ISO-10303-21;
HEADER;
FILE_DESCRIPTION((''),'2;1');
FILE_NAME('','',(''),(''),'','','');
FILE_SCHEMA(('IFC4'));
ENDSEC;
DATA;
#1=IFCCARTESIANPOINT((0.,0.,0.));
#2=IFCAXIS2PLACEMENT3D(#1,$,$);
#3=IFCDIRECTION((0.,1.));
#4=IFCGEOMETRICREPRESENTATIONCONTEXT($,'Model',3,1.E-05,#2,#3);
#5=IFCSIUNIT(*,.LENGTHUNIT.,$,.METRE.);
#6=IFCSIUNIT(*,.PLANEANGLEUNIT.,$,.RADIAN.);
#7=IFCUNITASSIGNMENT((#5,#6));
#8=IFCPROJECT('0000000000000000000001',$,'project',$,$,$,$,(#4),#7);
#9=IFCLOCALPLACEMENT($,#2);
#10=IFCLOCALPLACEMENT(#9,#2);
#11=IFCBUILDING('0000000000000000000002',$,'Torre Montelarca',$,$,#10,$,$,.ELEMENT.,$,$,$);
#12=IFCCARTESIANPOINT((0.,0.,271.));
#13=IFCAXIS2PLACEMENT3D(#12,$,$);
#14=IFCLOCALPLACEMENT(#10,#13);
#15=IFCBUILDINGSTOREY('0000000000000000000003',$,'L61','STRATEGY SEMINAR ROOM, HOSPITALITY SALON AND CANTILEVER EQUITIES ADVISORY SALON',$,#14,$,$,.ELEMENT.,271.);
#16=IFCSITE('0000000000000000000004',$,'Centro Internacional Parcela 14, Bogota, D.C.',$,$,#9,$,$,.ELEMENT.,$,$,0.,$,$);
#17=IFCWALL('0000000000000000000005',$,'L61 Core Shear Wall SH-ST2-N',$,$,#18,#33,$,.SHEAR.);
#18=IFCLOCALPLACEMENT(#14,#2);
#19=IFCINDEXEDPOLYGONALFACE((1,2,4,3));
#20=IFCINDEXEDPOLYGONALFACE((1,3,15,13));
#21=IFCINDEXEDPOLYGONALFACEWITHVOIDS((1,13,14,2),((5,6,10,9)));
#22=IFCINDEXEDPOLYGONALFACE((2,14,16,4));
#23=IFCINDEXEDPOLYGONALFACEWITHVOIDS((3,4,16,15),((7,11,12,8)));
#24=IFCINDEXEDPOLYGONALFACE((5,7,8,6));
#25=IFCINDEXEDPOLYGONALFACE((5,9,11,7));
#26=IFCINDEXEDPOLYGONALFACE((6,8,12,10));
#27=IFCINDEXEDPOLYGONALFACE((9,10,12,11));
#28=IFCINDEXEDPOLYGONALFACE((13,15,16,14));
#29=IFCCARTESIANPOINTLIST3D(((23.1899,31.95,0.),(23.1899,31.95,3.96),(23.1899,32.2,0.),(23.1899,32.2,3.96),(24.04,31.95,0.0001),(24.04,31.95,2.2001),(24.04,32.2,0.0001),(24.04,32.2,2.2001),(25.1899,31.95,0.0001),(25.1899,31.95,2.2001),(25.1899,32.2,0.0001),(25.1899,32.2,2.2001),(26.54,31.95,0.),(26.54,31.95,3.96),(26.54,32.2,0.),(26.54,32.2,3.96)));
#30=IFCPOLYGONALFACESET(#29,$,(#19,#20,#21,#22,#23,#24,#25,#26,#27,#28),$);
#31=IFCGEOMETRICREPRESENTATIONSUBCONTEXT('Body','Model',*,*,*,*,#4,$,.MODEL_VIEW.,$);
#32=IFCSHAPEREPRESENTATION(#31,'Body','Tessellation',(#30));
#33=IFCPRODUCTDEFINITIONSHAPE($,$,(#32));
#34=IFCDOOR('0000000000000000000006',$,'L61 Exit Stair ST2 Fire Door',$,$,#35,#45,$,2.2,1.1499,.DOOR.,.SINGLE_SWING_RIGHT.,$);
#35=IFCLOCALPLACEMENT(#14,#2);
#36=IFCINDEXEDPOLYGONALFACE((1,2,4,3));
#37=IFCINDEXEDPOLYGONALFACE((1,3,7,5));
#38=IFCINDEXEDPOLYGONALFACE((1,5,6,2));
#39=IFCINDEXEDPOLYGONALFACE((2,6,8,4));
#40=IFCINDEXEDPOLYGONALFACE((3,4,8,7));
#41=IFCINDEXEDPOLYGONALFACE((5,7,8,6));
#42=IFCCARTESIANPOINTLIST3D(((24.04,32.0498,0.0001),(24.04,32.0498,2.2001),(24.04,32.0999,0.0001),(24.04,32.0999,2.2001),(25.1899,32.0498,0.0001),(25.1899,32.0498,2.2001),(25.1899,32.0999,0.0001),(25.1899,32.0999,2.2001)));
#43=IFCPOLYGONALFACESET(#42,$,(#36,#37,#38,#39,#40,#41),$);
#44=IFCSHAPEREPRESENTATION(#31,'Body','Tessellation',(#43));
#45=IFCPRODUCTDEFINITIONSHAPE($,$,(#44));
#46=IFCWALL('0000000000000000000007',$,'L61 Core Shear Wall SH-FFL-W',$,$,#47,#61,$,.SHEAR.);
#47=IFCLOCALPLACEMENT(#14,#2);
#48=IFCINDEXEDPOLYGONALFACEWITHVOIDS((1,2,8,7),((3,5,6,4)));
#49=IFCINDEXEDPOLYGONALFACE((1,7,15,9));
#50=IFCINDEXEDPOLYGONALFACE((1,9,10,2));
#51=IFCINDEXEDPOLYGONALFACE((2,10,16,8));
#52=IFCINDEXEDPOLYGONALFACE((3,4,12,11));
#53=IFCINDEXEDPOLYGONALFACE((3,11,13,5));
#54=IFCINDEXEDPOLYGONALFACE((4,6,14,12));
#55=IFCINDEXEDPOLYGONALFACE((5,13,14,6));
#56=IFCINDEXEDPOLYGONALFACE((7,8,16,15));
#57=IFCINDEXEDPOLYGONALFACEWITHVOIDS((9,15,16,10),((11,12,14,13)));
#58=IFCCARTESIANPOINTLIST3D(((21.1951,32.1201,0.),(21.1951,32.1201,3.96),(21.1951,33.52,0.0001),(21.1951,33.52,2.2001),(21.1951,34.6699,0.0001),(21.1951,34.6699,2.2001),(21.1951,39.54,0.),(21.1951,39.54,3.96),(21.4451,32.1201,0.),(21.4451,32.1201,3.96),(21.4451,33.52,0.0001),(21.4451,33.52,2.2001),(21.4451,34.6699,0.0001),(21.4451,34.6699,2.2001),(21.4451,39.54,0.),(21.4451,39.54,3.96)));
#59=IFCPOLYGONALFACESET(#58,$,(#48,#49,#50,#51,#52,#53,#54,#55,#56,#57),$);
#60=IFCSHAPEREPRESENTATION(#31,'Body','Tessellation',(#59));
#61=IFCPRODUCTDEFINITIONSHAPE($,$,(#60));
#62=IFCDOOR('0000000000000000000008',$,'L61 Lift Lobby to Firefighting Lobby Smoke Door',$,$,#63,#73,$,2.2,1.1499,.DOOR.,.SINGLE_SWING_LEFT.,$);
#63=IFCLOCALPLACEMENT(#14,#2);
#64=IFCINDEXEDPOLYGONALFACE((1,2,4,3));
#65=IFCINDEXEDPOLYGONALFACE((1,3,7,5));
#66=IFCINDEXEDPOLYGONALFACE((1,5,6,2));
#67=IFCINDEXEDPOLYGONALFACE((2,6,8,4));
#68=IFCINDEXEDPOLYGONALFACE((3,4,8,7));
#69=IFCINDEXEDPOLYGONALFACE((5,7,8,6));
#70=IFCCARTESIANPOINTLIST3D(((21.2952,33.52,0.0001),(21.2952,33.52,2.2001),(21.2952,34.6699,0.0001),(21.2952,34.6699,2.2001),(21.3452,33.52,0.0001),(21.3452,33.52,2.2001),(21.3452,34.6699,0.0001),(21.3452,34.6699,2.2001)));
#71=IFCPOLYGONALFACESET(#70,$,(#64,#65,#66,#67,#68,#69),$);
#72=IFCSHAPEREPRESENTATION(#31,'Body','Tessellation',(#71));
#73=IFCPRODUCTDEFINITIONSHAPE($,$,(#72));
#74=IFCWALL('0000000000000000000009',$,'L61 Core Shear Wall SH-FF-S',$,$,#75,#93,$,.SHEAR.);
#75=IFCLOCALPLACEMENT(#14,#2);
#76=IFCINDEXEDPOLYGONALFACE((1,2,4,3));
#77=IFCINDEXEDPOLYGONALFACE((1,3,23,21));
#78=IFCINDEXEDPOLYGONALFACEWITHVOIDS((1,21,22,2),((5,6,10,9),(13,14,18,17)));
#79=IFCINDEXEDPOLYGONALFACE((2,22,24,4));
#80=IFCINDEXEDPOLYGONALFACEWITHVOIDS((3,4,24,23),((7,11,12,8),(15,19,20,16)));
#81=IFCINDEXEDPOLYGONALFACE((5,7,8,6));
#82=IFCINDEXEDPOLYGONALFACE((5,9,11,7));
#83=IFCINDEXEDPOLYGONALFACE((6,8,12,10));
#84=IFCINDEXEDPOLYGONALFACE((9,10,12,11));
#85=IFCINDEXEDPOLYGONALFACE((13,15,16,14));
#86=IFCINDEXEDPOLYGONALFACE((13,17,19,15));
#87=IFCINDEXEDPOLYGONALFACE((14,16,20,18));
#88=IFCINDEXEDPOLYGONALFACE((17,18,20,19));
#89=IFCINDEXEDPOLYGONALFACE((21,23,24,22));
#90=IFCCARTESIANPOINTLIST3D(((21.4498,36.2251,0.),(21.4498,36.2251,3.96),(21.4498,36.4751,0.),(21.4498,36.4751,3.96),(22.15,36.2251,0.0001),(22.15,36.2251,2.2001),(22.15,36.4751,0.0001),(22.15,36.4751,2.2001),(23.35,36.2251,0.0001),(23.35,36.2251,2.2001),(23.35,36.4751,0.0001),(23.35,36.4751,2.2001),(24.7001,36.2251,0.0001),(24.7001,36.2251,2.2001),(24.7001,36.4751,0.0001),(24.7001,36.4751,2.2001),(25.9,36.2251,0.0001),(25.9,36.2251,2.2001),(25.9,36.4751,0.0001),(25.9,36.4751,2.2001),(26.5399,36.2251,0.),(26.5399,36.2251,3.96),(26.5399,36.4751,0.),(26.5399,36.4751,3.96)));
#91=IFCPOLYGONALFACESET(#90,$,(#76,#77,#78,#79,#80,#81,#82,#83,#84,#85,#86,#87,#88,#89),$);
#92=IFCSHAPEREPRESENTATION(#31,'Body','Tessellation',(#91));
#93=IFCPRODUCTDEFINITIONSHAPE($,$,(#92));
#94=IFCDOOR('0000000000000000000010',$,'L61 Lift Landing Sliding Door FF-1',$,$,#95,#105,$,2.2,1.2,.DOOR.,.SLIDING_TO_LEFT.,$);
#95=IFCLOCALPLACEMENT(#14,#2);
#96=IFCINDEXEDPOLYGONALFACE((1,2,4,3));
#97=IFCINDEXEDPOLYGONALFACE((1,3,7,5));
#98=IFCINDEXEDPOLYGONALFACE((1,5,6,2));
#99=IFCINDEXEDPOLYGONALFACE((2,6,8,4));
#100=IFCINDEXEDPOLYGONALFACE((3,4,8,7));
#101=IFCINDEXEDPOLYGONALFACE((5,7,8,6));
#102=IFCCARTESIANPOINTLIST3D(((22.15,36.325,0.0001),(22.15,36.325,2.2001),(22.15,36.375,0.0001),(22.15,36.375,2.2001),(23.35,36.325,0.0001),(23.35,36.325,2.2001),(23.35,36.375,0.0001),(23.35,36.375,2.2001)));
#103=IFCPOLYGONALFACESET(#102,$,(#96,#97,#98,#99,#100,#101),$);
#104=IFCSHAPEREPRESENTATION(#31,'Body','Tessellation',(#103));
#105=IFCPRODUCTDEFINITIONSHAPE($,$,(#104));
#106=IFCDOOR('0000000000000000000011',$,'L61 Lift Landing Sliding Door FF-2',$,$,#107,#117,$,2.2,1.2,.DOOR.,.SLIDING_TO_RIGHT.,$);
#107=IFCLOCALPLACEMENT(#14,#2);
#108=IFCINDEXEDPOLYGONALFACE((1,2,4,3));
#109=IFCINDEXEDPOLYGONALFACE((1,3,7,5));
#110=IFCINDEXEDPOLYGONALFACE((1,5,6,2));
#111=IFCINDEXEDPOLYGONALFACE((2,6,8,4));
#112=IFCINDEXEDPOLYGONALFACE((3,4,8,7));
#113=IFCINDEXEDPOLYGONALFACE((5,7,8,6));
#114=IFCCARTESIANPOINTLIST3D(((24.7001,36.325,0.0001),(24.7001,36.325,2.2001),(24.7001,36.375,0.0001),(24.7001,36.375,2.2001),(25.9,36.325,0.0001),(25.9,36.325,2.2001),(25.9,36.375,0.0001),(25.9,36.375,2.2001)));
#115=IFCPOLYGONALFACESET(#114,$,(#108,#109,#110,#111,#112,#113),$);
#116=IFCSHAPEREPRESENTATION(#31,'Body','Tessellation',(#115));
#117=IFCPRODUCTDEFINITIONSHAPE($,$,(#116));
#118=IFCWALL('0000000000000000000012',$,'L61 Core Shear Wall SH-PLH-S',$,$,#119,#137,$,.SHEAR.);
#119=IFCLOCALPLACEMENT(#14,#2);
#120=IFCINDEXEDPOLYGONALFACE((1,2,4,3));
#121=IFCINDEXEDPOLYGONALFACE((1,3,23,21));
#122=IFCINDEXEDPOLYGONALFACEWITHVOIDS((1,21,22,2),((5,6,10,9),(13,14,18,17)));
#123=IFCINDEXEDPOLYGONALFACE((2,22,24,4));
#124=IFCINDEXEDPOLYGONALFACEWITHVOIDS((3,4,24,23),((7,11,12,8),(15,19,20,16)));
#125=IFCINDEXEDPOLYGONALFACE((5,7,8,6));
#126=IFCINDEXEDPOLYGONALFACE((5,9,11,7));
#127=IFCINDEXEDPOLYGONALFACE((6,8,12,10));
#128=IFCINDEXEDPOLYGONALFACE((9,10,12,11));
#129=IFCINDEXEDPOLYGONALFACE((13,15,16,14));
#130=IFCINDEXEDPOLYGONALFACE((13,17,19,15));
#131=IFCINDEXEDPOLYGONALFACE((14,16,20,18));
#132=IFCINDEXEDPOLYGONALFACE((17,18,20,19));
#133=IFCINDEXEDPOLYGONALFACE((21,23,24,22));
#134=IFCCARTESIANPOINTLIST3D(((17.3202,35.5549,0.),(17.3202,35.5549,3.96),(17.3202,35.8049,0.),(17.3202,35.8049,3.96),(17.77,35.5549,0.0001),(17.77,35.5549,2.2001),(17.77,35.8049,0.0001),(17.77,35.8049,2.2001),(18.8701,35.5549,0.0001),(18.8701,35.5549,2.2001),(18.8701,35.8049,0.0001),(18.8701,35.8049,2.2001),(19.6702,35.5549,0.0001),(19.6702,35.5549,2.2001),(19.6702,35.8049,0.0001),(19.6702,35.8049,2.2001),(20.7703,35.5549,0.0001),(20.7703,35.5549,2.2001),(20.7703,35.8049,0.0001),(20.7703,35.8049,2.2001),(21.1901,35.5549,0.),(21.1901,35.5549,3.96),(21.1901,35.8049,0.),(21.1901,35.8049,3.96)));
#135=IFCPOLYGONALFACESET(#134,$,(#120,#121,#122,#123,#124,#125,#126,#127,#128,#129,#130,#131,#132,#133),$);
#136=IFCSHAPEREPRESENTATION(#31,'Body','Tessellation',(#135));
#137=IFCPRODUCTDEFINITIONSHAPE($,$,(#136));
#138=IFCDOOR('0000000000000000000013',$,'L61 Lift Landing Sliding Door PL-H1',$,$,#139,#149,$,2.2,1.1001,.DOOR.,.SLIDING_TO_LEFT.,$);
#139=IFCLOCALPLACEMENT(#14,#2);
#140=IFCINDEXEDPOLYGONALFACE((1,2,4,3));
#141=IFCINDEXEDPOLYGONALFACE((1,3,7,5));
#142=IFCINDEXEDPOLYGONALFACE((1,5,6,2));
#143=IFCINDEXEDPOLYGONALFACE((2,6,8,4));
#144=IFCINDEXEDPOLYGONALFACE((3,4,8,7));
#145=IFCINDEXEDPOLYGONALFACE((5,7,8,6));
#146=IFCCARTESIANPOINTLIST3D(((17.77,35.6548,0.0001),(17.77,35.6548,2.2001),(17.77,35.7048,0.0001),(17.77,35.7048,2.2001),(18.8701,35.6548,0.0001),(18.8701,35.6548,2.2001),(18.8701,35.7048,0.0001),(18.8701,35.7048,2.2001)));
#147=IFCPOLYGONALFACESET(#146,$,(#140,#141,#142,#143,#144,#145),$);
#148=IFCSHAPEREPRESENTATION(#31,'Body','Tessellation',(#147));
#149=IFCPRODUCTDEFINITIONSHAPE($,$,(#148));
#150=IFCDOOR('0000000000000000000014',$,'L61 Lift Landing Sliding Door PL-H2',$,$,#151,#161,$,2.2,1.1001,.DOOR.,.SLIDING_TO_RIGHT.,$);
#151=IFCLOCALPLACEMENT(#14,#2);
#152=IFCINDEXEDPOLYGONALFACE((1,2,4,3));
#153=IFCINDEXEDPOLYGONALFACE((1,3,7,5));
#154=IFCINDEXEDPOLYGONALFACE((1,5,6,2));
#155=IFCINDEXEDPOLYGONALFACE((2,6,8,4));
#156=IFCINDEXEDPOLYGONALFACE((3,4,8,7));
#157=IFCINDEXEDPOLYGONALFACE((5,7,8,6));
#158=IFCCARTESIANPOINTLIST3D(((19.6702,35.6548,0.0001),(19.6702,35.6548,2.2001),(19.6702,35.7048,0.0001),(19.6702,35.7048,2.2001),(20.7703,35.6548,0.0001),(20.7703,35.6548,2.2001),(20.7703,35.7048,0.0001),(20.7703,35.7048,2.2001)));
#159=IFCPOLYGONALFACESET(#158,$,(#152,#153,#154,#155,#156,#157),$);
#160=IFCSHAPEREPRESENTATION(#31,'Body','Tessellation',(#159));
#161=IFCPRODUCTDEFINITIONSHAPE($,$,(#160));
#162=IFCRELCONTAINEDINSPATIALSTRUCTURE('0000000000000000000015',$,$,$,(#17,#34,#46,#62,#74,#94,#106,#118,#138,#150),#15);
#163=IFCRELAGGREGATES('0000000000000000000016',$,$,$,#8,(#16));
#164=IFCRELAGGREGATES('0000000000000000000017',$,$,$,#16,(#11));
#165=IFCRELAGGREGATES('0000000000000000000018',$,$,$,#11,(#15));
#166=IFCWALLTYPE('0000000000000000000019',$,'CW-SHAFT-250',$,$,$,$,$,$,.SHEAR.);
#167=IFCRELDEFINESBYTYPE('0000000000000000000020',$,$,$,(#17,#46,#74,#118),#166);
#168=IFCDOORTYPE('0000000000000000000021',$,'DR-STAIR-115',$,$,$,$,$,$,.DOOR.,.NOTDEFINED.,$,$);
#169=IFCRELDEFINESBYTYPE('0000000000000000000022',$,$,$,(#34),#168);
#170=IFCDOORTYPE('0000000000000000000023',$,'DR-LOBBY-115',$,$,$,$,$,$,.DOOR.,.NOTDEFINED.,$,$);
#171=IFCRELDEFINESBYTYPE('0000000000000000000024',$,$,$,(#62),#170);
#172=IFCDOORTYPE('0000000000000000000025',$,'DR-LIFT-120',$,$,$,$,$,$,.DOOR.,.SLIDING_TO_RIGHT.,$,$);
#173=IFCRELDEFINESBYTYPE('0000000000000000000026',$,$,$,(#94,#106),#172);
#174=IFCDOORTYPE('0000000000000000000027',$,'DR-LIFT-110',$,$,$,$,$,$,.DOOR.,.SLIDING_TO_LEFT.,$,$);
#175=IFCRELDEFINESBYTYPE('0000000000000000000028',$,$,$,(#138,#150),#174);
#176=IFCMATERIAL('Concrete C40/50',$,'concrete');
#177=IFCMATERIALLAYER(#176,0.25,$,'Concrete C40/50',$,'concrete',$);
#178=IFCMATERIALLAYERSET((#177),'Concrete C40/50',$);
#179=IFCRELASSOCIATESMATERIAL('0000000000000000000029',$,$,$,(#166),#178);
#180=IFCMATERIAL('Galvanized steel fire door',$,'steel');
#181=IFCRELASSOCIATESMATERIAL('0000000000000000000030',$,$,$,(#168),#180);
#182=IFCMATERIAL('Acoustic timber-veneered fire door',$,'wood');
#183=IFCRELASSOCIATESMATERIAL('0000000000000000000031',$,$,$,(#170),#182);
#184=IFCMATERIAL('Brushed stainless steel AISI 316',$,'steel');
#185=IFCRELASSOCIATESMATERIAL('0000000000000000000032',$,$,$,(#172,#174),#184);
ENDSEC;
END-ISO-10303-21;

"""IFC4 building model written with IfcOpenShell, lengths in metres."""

from ifc_helpers import new_model, si_unit, direction, frame, frame_2d, origin, place, context, subcontext, project, spatial, rectangle, extrude, source, transform, mapped, material, layer, layer_set, type_object, element, fill, save


model = new_model("IFC4")

# Units and contexts
model_context = context("Model", 3, precision=1e-05, world=origin(), true_north=direction((0.0, 1.0)))
body_context = subcontext(model_context, "Body", "Model", "MODEL_VIEW")
ifc_project = project(units=[si_unit("LENGTHUNIT", "METRE"), si_unit("PLANEANGLEUNIT", "RADIAN")], contexts=[model_context])

# Site, building, storey
site_placement = place(None, origin())
site = spatial("IfcSite", under=ifc_project, at=site_placement, Name="Centro Internacional Parcela 14, Bogota, D.C.", CompositionType="ELEMENT", RefElevation=0.0)
building_placement = place(site_placement, origin())
building = spatial("IfcBuilding", under=site, at=building_placement, Name="Torre Montelarca", CompositionType="ELEMENT")
storey_placement = place(building_placement, frame((0.0, 0.0, 271.0)))
storey = spatial("IfcBuildingStorey", under=building, at=storey_placement, Name="L61", Description="STRATEGY SEMINAR ROOM, HOSPITALITY SALON AND CANTILEVER EQUITIES ADVISORY SALON", CompositionType="ELEMENT", Elevation=271.0)

# Shared definitions
ifc_material_1 = material(Name="Concrete C40/50", Category="concrete")

# Walls, openings, doors
ifc_layer_1 = layer(ifc_material_1, 0.25, Name="Concrete C40/50", Category="concrete")
ifc_layer_set_1 = layer_set([ifc_layer_1], Name="Concrete C40/50")
wall_type_1 = type_object("IfcWallType", Name="CW-SHAFT-250", PredefinedType="SHEAR", material=ifc_layer_set_1)
wall_1_placement = place(storey_placement, frame((23.1899, 32.075, 0.0), z_axis=(0.0, 0.0, 1.0), x_axis=(1.0, 0.0, 0.0)))
wall_1 = element("IfcWall", 1, at=wall_1_placement, inside=storey, type_object=wall_type_1, Name="L61 Core Shear Wall SH-ST2-N", PredefinedType="SHEAR", context=body_context, shape_type="SweptSolid", body=[
    extrude(rectangle(XDim=3.3501, YDim=0.25, at=frame_2d((1.675, 0.0))), origin(), (0.0, 0.0, 1.0), 3.96),
])
opening_1_placement = place(wall_1_placement, frame((0.8501, 0.0, 0.0)))
opening_1 = element("IfcOpeningElement", 2, at=opening_1_placement, cuts=wall_1, PredefinedType="OPENING", context=body_context, shape_type="SweptSolid", body=[
    extrude(rectangle(XDim=1.1499, YDim=2.2, at=frame_2d((0.575, 1.1001))), frame((0.0, 0.135, 0.0), z_axis=(0.0, -1.0, 0.0), x_axis=(1.0, 0.0, 0.0)), (0.0, 0.0, 1.0), 0.27),
])
ifc_material_2 = material(Name="Galvanized steel fire door", Category="steel")
door_type_1 = type_object("IfcDoorType", Name="DR-STAIR-115", OperationType="NOTDEFINED", PredefinedType="DOOR", material=ifc_material_2)
shared_shape_1 = source(origin(), body_context, "Body", "SweptSolid", [
    extrude(rectangle(XDim=1.1499, YDim=2.2, at=frame_2d((0.575, 1.1001))), frame((0.0, 0.0249, 0.0), z_axis=(0.0, -1.0, 0.0), x_axis=(1.0, 0.0, 0.0)), (0.0, 0.0, 1.0), 0.05),
])
door_1_placement = place(opening_1_placement, origin())
door_1 = element("IfcDoor", 3, at=door_1_placement, inside=storey, type_object=door_type_1, Name="L61 Exit Stair ST2 Fire Door", OperationType="SINGLE_SWING_RIGHT", OverallHeight=2.2, OverallWidth=1.1499, PredefinedType="DOOR", context=body_context, shape_type="MappedRepresentation", body=[
    mapped(shared_shape_1, transform((0.0, 0.0, 0.0), scale=1.0)),
])
fill(opening_1, door_1)
wall_2_placement = place(storey_placement, frame((21.3201, 32.1201, 0.0), z_axis=(0.0, 0.0, 1.0), x_axis=(0.0, 1.0, 0.0)))
wall_2 = element("IfcWall", 4, at=wall_2_placement, inside=storey, type_object=wall_type_1, Name="L61 Core Shear Wall SH-FFL-W", PredefinedType="SHEAR", context=body_context, shape_type="SweptSolid", body=[
    extrude(rectangle(XDim=7.4199, YDim=0.25, at=frame_2d((3.71, 0.0))), origin(), (0.0, 0.0, 1.0), 3.96),
])
opening_2_placement = place(wall_2_placement, frame((1.3999, 0.0, 0.0)))
opening_2 = element("IfcOpeningElement", 5, at=opening_2_placement, cuts=wall_2, PredefinedType="OPENING", context=body_context, shape_type="SweptSolid", body=[
    extrude(rectangle(XDim=1.1499, YDim=2.2, at=frame_2d((0.575, 1.1001))), frame((0.0, 0.135, 0.0), z_axis=(0.0, -1.0, 0.0), x_axis=(1.0, 0.0, 0.0)), (0.0, 0.0, 1.0), 0.27),
])
ifc_material_3 = material(Name="Acoustic timber-veneered fire door", Category="wood")
door_type_2 = type_object("IfcDoorType", Name="DR-LOBBY-115", OperationType="NOTDEFINED", PredefinedType="DOOR", material=ifc_material_3)
shared_shape_2 = source(origin(), body_context, "Body", "SweptSolid", [
    extrude(rectangle(XDim=1.1499, YDim=2.2, at=frame_2d((0.575, 1.1001))), frame((0.0, 0.0249, 0.0), z_axis=(0.0, -1.0, 0.0), x_axis=(1.0, 0.0, 0.0)), (0.0, 0.0, 1.0), 0.05),
])
door_2_placement = place(opening_2_placement, origin())
door_2 = element("IfcDoor", 6, at=door_2_placement, inside=storey, type_object=door_type_2, Name="L61 Lift Lobby to Firefighting Lobby Smoke Door", OperationType="SINGLE_SWING_LEFT", OverallHeight=2.2, OverallWidth=1.1499, PredefinedType="DOOR", context=body_context, shape_type="MappedRepresentation", body=[
    mapped(shared_shape_2, transform((0.0, 0.0, 0.0), scale=1.0)),
])
fill(opening_2, door_2)

# Walls, openings, doors
wall_3_placement = place(storey_placement, frame((21.45, 36.3501, 0.0), z_axis=(0.0, 0.0, 1.0), x_axis=(1.0, 0.0, 0.0)))
wall_3 = element("IfcWall", 7, at=wall_3_placement, inside=storey, type_object=wall_type_1, Name="L61 Core Shear Wall SH-FF-S", PredefinedType="SHEAR", context=body_context, shape_type="SweptSolid", body=[
    extrude(rectangle(XDim=5.0901, YDim=0.25, at=frame_2d((2.5449, 0.0))), origin(), (0.0, 0.0, 1.0), 3.96),
])
opening_3_placement = place(wall_3_placement, frame((0.7, 0.0, 0.0)))
opening_3 = element("IfcOpeningElement", 8, at=opening_3_placement, cuts=wall_3, PredefinedType="OPENING", context=body_context, shape_type="SweptSolid", body=[
    extrude(rectangle(XDim=1.2, YDim=2.2, at=frame_2d((0.6001, 1.1001))), frame((0.0, 0.135, 0.0), z_axis=(0.0, -1.0, 0.0), x_axis=(1.0, 0.0, 0.0)), (0.0, 0.0, 1.0), 0.27),
])
opening_4_placement = place(wall_3_placement, frame((3.25, 0.0, 0.0)))
opening_4 = element("IfcOpeningElement", 9, at=opening_4_placement, cuts=wall_3, PredefinedType="OPENING", context=body_context, shape_type="SweptSolid", body=[
    extrude(rectangle(XDim=1.2, YDim=2.2, at=frame_2d((0.6001, 1.1001))), frame((0.0, 0.135, 0.0), z_axis=(0.0, -1.0, 0.0), x_axis=(1.0, 0.0, 0.0)), (0.0, 0.0, 1.0), 0.27),
])
ifc_material_4 = material(Name="Brushed stainless steel AISI 316", Category="steel")
door_type_3 = type_object("IfcDoorType", Name="DR-LIFT-120", OperationType="SLIDING_TO_RIGHT", PredefinedType="DOOR", material=ifc_material_4)
shared_shape_3 = source(origin(), body_context, "Body", "SweptSolid", [
    extrude(rectangle(XDim=1.2, YDim=2.2, at=frame_2d((0.6001, 1.1001))), frame((0.0, 0.0249, 0.0), z_axis=(0.0, -1.0, 0.0), x_axis=(1.0, 0.0, 0.0)), (0.0, 0.0, 1.0), 0.05),
])
door_3_placement = place(opening_3_placement, origin())
door_3 = element("IfcDoor", 10, at=door_3_placement, inside=storey, type_object=door_type_3, Name="L61 Lift Landing Sliding Door FF-1", OperationType="SLIDING_TO_LEFT", OverallHeight=2.2, OverallWidth=1.2, PredefinedType="DOOR", context=body_context, shape_type="MappedRepresentation", body=[
    mapped(shared_shape_3, transform((0.0, 0.0, 0.0), scale=1.0)),
])
fill(opening_3, door_3)
door_4_placement = place(opening_4_placement, origin())
door_4 = element("IfcDoor", 11, at=door_4_placement, inside=storey, type_object=door_type_3, Name="L61 Lift Landing Sliding Door FF-2", OperationType="SLIDING_TO_RIGHT", OverallHeight=2.2, OverallWidth=1.2, PredefinedType="DOOR", context=body_context, shape_type="MappedRepresentation", body=[
    mapped(shared_shape_3, transform((0.0, 0.0, 0.0), scale=1.0)),
])
fill(opening_4, door_4)
wall_4_placement = place(storey_placement, frame((17.3201, 35.6799, 0.0), z_axis=(0.0, 0.0, 1.0), x_axis=(1.0, 0.0, 0.0)))
wall_4 = element("IfcWall", 12, at=wall_4_placement, inside=storey, type_object=wall_type_1, Name="L61 Core Shear Wall SH-PLH-S", PredefinedType="SHEAR", context=body_context, shape_type="SweptSolid", body=[
    extrude(rectangle(XDim=3.8699, YDim=0.25, at=frame_2d((1.9351, 0.0))), origin(), (0.0, 0.0, 1.0), 3.96),
])
opening_5_placement = place(wall_4_placement, frame((0.45, 0.0, 0.0)))
opening_5 = element("IfcOpeningElement", 13, at=opening_5_placement, cuts=wall_4, PredefinedType="OPENING", context=body_context, shape_type="SweptSolid", body=[
    extrude(rectangle(XDim=1.1001, YDim=2.2, at=frame_2d((0.55, 1.1001))), frame((0.0, 0.135, 0.0), z_axis=(0.0, -1.0, 0.0), x_axis=(1.0, 0.0, 0.0)), (0.0, 0.0, 1.0), 0.27),
])
opening_6_placement = place(wall_4_placement, frame((2.3501, 0.0, 0.0)))
opening_6 = element("IfcOpeningElement", 14, at=opening_6_placement, cuts=wall_4, PredefinedType="OPENING", context=body_context, shape_type="SweptSolid", body=[
    extrude(rectangle(XDim=1.1001, YDim=2.2, at=frame_2d((0.55, 1.1001))), frame((0.0, 0.135, 0.0), z_axis=(0.0, -1.0, 0.0), x_axis=(1.0, 0.0, 0.0)), (0.0, 0.0, 1.0), 0.27),
])
door_type_4 = type_object("IfcDoorType", Name="DR-LIFT-110", OperationType="SLIDING_TO_LEFT", PredefinedType="DOOR", material=ifc_material_4)
shared_shape_4 = source(origin(), body_context, "Body", "SweptSolid", [
    extrude(rectangle(XDim=1.1001, YDim=2.2, at=frame_2d((0.55, 1.1001))), frame((0.0, 0.0249, 0.0), z_axis=(0.0, -1.0, 0.0), x_axis=(1.0, 0.0, 0.0)), (0.0, 0.0, 1.0), 0.05),
])
door_5_placement = place(opening_5_placement, origin())
door_5 = element("IfcDoor", 15, at=door_5_placement, inside=storey, type_object=door_type_4, Name="L61 Lift Landing Sliding Door PL-H1", OperationType="SLIDING_TO_LEFT", OverallHeight=2.2, OverallWidth=1.1001, PredefinedType="DOOR", context=body_context, shape_type="MappedRepresentation", body=[
    mapped(shared_shape_4, transform((0.0, 0.0, 0.0), scale=1.0)),
])
fill(opening_5, door_5)
door_6_placement = place(opening_6_placement, origin())
door_6 = element("IfcDoor", 16, at=door_6_placement, inside=storey, type_object=door_type_4, Name="L61 Lift Landing Sliding Door PL-H2", OperationType="SLIDING_TO_RIGHT", OverallHeight=2.2, OverallWidth=1.1001, PredefinedType="DOOR", context=body_context, shape_type="MappedRepresentation", body=[
    mapped(shared_shape_4, transform((0.0, 0.0, 0.0), scale=1.0)),
])
fill(opening_6, door_6)

save(model, "model.ifc")
